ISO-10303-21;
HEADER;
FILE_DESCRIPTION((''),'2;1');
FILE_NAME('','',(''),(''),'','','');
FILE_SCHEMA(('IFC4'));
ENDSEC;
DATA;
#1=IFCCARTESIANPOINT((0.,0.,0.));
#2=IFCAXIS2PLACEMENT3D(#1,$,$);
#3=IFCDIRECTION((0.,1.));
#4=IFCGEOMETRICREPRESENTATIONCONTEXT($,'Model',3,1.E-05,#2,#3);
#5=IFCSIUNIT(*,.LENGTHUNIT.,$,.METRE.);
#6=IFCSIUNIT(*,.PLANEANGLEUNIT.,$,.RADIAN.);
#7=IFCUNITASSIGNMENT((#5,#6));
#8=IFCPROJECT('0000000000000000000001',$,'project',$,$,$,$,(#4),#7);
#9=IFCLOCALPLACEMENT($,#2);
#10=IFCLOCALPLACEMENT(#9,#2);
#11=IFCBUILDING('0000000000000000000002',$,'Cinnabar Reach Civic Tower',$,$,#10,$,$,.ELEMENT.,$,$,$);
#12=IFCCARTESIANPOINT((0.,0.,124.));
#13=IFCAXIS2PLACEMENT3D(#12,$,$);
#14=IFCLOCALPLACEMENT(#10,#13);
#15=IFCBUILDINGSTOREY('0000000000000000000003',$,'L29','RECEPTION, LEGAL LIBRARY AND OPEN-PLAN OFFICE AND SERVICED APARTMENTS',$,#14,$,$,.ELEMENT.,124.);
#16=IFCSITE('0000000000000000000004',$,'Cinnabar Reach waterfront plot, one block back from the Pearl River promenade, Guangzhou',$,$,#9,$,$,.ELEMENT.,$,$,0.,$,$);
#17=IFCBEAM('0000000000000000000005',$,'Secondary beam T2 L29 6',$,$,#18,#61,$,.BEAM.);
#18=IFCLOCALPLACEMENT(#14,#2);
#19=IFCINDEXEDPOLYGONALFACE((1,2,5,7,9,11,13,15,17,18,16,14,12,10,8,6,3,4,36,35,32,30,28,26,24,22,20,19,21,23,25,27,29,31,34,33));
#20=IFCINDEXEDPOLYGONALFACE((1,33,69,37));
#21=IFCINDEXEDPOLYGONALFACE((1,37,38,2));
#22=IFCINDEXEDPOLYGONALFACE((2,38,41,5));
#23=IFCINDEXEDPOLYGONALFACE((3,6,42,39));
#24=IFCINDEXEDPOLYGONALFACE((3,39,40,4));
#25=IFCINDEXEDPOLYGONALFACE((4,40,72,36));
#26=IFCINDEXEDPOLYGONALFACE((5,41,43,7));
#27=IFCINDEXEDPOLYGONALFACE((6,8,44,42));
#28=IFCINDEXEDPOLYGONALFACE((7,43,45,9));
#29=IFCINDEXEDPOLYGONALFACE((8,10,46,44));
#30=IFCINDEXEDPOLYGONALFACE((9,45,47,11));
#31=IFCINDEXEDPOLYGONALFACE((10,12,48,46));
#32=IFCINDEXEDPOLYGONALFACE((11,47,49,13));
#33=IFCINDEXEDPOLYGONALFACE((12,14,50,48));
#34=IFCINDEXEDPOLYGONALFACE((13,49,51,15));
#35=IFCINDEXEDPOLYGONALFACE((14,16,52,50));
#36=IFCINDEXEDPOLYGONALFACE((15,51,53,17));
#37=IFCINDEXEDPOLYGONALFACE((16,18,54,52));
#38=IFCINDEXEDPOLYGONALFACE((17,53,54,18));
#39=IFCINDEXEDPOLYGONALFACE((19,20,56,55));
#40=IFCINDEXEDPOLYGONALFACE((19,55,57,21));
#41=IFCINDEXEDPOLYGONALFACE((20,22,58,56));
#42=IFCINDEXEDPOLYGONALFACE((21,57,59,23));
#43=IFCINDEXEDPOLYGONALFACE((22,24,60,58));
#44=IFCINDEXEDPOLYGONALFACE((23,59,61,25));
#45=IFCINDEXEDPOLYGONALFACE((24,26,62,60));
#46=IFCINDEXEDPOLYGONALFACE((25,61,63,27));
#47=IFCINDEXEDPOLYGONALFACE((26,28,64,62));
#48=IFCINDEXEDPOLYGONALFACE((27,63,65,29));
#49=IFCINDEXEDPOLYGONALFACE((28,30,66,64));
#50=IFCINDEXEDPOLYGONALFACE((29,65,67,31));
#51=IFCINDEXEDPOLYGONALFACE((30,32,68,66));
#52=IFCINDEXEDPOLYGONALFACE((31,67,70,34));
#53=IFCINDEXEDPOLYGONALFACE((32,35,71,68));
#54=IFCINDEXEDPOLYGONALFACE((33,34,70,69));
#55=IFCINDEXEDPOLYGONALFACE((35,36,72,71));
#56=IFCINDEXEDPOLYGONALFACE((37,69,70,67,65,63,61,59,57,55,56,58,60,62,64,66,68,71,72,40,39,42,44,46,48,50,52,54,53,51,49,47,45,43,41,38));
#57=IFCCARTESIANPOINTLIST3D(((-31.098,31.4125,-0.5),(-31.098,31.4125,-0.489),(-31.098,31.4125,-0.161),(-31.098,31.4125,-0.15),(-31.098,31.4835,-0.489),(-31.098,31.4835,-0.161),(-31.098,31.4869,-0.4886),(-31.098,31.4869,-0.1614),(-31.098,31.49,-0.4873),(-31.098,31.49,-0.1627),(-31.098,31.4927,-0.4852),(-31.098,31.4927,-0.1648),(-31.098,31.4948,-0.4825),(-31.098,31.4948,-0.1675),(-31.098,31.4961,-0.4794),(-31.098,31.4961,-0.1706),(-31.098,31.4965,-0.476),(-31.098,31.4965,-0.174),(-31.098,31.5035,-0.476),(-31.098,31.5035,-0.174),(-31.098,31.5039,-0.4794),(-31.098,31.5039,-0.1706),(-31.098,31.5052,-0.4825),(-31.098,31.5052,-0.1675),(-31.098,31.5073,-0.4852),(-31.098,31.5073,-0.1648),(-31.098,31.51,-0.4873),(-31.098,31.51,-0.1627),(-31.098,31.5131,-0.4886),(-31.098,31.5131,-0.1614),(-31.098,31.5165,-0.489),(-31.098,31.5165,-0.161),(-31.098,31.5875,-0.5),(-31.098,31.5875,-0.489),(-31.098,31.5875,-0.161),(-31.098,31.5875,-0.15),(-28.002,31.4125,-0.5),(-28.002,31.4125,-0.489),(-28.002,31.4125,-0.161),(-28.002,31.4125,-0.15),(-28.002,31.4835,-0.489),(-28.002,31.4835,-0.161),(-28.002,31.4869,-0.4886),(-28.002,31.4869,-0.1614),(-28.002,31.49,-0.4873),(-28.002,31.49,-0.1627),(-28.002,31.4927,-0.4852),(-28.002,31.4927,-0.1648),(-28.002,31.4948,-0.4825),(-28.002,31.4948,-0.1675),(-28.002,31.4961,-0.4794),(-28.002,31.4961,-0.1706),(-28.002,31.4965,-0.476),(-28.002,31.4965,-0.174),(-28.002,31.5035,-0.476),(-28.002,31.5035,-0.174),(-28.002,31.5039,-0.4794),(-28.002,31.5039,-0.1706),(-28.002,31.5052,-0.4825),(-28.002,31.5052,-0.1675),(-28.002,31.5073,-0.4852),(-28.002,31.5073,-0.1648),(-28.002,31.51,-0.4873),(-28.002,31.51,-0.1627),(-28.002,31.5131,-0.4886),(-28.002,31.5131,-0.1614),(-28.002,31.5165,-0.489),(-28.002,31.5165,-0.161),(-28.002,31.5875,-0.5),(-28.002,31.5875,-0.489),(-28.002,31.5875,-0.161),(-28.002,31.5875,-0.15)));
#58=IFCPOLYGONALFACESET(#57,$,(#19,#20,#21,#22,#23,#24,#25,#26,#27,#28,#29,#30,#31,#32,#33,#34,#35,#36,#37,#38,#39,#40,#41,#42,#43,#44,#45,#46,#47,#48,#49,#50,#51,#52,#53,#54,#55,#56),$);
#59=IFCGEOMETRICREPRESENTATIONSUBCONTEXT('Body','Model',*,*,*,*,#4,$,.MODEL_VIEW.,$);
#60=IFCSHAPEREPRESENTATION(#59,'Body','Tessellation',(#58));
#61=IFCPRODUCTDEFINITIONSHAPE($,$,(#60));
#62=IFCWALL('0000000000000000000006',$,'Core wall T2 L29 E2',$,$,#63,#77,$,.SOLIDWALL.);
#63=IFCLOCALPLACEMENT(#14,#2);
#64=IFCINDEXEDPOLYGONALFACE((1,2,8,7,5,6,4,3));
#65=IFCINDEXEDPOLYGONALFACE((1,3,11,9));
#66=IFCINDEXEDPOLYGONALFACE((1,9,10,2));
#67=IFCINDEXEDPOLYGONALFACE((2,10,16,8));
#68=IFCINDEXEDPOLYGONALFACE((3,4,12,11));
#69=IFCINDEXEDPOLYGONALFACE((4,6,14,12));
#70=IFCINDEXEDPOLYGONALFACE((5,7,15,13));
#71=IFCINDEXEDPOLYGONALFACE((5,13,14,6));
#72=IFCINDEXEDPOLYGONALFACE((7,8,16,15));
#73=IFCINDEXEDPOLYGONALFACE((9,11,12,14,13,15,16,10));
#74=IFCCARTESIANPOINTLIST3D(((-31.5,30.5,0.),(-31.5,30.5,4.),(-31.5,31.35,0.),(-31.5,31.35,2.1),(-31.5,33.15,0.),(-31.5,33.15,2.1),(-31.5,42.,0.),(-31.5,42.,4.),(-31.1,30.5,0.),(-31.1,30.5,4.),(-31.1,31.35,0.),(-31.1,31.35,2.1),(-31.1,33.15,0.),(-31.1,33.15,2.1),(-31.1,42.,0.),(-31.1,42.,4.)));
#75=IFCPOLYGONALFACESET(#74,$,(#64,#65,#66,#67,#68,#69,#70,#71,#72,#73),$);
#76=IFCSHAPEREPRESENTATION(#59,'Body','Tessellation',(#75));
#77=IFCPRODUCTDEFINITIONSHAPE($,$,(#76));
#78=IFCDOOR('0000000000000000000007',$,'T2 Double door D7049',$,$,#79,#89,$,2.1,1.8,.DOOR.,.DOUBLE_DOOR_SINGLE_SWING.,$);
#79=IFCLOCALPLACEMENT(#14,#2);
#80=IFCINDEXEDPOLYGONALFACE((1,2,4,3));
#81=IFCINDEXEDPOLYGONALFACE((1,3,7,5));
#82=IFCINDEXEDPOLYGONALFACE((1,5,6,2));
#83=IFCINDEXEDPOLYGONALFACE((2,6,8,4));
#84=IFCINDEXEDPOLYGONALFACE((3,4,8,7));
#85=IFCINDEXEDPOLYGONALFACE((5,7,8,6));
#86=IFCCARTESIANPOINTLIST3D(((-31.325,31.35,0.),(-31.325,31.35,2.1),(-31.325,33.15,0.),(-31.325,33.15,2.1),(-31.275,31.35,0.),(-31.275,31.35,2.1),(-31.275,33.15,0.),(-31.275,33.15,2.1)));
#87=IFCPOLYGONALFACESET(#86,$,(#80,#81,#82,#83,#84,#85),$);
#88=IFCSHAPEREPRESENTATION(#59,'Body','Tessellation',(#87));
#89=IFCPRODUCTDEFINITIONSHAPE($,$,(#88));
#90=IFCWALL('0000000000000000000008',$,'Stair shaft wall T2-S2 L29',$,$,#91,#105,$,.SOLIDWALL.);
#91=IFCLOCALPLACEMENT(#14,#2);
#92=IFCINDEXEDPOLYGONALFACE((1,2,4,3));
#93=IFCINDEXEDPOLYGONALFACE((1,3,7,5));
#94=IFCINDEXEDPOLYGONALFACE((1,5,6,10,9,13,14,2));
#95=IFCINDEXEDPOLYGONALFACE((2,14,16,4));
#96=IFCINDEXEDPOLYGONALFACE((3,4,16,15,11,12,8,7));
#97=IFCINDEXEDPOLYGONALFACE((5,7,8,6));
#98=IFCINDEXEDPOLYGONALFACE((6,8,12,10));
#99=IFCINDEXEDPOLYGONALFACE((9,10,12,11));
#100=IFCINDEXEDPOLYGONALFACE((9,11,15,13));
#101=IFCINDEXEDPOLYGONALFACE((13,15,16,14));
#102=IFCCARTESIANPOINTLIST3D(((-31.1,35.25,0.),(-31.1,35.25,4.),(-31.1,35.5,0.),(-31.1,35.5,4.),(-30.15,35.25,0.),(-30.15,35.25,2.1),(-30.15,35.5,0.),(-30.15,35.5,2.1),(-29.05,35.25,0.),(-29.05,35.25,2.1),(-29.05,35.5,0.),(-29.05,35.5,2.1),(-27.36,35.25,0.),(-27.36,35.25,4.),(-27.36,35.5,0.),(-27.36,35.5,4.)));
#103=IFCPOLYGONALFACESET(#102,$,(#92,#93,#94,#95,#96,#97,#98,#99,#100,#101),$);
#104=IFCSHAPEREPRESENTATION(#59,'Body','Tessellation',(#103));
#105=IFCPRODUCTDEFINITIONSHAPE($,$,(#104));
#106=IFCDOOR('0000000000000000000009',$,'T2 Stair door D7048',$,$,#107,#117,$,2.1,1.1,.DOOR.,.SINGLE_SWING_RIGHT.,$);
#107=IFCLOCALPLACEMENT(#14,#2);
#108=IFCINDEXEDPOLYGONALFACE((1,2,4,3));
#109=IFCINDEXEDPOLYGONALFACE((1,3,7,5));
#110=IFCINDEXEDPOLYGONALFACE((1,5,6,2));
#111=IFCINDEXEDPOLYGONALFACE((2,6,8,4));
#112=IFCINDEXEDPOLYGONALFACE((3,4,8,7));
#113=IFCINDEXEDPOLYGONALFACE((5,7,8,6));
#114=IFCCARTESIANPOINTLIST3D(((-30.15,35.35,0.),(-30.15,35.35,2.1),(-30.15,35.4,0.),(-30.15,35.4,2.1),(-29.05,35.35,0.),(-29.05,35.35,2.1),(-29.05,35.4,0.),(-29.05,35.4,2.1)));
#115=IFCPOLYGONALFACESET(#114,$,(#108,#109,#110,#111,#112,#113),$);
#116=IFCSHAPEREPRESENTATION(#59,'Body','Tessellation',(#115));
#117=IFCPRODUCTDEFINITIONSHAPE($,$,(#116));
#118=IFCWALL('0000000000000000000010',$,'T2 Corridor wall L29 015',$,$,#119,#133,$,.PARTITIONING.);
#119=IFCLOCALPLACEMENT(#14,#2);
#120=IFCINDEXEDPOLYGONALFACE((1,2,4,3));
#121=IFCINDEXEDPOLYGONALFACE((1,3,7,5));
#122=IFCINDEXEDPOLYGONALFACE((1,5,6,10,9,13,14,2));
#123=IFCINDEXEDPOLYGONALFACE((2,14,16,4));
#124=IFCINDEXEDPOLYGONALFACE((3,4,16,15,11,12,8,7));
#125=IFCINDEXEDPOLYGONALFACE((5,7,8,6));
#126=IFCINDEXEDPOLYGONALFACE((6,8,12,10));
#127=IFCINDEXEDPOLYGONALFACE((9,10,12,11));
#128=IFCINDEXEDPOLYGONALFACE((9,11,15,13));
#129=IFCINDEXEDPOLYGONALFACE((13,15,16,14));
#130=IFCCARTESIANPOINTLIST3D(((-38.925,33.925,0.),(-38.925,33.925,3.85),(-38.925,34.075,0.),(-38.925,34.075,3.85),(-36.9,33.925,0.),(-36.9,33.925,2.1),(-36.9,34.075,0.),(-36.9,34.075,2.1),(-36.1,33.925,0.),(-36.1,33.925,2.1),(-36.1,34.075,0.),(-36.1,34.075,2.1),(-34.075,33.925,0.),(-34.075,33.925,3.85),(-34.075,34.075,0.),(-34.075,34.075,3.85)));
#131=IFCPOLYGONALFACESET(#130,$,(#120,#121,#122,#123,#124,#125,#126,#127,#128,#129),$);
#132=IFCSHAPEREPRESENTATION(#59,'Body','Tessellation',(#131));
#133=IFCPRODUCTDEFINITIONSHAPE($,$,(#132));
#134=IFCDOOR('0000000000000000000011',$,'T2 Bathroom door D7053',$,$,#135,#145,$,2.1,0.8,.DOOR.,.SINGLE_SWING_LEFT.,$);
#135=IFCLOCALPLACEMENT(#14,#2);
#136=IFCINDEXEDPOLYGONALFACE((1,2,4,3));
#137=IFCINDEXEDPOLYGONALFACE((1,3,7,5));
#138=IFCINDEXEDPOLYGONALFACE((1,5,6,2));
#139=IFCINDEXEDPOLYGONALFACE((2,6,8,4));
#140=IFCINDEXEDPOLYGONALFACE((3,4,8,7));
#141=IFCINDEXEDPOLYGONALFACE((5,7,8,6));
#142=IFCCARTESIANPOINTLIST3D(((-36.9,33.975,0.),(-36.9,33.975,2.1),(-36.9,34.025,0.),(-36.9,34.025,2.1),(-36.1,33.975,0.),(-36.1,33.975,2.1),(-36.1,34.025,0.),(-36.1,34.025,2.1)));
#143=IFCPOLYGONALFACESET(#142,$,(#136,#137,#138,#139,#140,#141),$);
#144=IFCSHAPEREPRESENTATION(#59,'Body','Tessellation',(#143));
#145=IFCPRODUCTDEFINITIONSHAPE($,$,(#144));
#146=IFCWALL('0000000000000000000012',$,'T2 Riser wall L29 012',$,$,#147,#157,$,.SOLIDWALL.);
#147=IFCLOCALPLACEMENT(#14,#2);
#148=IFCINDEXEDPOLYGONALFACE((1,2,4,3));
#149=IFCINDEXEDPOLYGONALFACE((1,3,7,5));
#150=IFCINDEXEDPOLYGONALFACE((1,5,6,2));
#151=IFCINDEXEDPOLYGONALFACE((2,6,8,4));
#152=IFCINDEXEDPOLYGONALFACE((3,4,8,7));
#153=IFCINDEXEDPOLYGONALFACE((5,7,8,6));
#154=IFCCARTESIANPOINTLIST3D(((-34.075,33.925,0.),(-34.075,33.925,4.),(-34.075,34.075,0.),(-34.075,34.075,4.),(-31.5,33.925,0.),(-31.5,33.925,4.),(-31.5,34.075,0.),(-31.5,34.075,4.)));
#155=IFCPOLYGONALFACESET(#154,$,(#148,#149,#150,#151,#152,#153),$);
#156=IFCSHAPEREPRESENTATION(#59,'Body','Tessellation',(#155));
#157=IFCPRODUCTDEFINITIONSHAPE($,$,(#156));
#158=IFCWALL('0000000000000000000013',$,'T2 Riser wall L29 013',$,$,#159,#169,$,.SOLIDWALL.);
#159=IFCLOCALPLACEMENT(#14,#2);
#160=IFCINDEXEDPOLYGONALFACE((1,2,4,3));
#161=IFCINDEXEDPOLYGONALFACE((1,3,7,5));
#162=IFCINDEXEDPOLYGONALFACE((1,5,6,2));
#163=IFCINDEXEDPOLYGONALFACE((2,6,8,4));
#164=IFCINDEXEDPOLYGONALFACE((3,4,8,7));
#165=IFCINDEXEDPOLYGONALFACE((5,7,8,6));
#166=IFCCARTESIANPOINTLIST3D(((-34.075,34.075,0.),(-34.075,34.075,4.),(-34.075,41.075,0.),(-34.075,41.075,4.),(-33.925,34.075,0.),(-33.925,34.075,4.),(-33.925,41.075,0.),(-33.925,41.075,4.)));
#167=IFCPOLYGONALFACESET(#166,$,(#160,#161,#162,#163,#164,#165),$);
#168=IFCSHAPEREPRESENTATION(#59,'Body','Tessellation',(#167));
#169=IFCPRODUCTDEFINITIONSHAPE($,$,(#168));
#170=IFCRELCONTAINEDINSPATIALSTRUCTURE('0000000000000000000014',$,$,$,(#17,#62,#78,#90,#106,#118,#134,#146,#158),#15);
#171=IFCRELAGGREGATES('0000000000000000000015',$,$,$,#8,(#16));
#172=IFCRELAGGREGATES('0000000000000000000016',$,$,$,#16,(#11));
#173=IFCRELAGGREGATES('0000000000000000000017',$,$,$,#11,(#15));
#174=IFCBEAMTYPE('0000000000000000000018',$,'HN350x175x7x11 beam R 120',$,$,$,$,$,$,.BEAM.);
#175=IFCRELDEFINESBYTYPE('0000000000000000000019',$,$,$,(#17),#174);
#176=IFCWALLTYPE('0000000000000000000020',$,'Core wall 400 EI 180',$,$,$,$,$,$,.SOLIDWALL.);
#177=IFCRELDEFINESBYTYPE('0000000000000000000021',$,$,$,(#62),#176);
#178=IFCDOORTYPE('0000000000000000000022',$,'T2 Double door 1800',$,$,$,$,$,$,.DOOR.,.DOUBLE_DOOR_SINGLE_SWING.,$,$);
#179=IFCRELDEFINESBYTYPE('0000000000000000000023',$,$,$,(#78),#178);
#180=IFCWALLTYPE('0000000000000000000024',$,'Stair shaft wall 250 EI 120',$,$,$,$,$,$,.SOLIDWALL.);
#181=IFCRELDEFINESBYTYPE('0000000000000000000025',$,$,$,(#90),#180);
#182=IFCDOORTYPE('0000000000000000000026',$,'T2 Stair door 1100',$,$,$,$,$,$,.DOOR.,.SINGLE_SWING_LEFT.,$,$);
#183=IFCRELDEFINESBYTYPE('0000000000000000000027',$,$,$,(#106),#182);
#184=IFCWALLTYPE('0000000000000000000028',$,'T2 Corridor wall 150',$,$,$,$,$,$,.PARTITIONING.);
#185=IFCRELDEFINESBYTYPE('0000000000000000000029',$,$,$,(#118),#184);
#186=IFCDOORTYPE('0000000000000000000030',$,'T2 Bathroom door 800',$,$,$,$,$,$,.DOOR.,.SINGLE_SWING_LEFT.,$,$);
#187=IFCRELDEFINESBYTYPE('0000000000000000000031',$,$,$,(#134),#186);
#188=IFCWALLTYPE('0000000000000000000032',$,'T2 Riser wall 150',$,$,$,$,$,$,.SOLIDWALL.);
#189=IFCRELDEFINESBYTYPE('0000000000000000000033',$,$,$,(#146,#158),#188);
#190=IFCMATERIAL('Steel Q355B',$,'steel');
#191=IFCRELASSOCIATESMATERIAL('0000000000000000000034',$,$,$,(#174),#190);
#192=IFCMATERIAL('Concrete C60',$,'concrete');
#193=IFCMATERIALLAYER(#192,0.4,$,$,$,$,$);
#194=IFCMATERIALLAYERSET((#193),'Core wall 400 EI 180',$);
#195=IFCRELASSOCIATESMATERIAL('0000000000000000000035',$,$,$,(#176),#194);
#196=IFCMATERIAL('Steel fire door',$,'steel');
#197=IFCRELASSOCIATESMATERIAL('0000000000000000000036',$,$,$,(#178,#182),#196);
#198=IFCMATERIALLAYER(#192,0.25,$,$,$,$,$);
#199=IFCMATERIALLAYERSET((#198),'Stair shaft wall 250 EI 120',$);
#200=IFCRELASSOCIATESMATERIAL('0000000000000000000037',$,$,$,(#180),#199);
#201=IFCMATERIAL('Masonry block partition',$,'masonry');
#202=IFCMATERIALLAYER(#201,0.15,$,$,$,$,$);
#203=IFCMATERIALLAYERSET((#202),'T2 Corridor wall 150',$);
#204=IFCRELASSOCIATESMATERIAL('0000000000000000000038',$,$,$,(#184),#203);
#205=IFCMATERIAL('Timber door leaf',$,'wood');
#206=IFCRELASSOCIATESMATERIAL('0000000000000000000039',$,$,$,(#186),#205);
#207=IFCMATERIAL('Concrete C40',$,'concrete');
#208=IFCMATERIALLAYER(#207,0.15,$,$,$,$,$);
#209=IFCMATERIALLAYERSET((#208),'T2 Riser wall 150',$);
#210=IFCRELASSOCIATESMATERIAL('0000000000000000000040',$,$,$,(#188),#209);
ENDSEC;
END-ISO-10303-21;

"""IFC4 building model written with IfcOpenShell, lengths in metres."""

from ifc_helpers import new_model, si_unit, direction, frame, frame_2d, origin, origin_2d, place, context, subcontext, project, spatial, rectangle, i_section, extrude, material, layer, layer_set, material_profile, profile_set, type_object, element, fill, save


model = new_model("IFC4")

# Units and contexts
model_context = context("Model", 3, precision=1e-05, world=origin(), true_north=direction((0.0, 1.0)))
body_context = subcontext(model_context, "Body", "Model", "MODEL_VIEW")
ifc_project = project(units=[si_unit("LENGTHUNIT", "METRE"), si_unit("PLANEANGLEUNIT", "RADIAN")], contexts=[model_context])

# Site, building, storey
site_placement = place(None, origin())
site = spatial("IfcSite", under=ifc_project, at=site_placement, Name="Cinnabar Reach waterfront plot, one block back from the Pearl River promenade, Guangzhou", CompositionType="ELEMENT", RefElevation=0.0)
building_placement = place(site_placement, origin())
building = spatial("IfcBuilding", under=site, at=building_placement, Name="Cinnabar Reach Civic Tower", CompositionType="ELEMENT")
storey_placement = place(building_placement, frame((0.0, 0.0, 124.0)))
storey = spatial("IfcBuildingStorey", under=building, at=storey_placement, Name="L29", Description="RECEPTION, LEGAL LIBRARY AND OPEN-PLAN OFFICE AND SERVICED APARTMENTS", CompositionType="ELEMENT", Elevation=124.0)

# Beam
ifc_material_1 = material(Name="Steel Q355B", Category="steel")
ifc_material_profile = material_profile(ifc_material_1, i_section(OverallWidth=0.175, OverallDepth=0.35, WebThickness=0.007, FlangeThickness=0.011, FilletRadius=0.013, at=origin_2d()), Name="HN350x175x7x11")
ifc_profile_set = profile_set([ifc_material_profile], Name="Steel Q355B")
beam_type = type_object("IfcBeamType", Name="HN350x175x7x11 beam R 120", PredefinedType="BEAM", material=ifc_profile_set)
beam_placement = place(storey_placement, frame((-31.098, 31.5, -0.325), z_axis=(1.0, 0.0, 0.0), x_axis=(0.0, 1.0, 0.0)))
element("IfcBeam", 1, at=beam_placement, inside=storey, type_object=beam_type, Name="Secondary beam T2 L29 6", PredefinedType="BEAM", context=body_context, shape_type="SweptSolid", body=[
    extrude(i_section(OverallWidth=0.175, OverallDepth=0.35, WebThickness=0.007, FlangeThickness=0.011, FilletRadius=0.013, at=origin_2d()), origin(), (0.0, 0.0, 1.0), 3.096),
])

# Walls, openings, doors
ifc_material_2 = material(Name="Concrete C60", Category="concrete")
ifc_layer_1 = layer(ifc_material_2, 0.4)
ifc_layer_set_1 = layer_set([ifc_layer_1], Name="Core wall 400 EI 180")
wall_type_1 = type_object("IfcWallType", Name="Core wall 400 EI 180", PredefinedType="SOLIDWALL", material=ifc_layer_set_1)
wall_1_placement = place(storey_placement, frame((-31.3, 30.5, 0.0), z_axis=(0.0, 0.0, 1.0), x_axis=(0.0, 1.0, 0.0)))
wall_1 = element("IfcWall", 2, at=wall_1_placement, inside=storey, type_object=wall_type_1, Name="Core wall T2 L29 E2", PredefinedType="SOLIDWALL", context=body_context, shape_type="SweptSolid", body=[
    extrude(rectangle(XDim=11.5, YDim=0.4, at=frame_2d((5.75, 0.0))), origin(), (0.0, 0.0, 1.0), 4.0),
])
opening_1_placement = place(wall_1_placement, frame((0.85, 0.0, 0.0)))
opening_1 = element("IfcOpeningElement", 3, at=opening_1_placement, cuts=wall_1, PredefinedType="OPENING", context=body_context, shape_type="SweptSolid", body=[
    extrude(rectangle(XDim=1.8, YDim=2.1, at=frame_2d((0.9, 1.05))), frame((0.0, 0.21, 0.0), z_axis=(0.0, -1.0, 0.0), x_axis=(1.0, 0.0, 0.0)), (0.0, 0.0, 1.0), 0.42),
])
ifc_material_3 = material(Name="Steel fire door", Category="steel")
door_type_1 = type_object("IfcDoorType", Name="T2 Double door 1800", OperationType="DOUBLE_DOOR_SINGLE_SWING", PredefinedType="DOOR", material=ifc_material_3)
door_1_placement = place(opening_1_placement, origin())
door_1 = element("IfcDoor", 4, at=door_1_placement, inside=storey, type_object=door_type_1, Name="T2 Double door D7049", OperationType="DOUBLE_DOOR_SINGLE_SWING", OverallHeight=2.1, OverallWidth=1.8, PredefinedType="DOOR", context=body_context, shape_type="SweptSolid", body=[
    extrude(rectangle(XDim=1.8, YDim=2.1, at=frame_2d((0.9, 1.05))), frame((0.0, 0.025, 0.0), z_axis=(0.0, -1.0, 0.0), x_axis=(1.0, 0.0, 0.0)), (0.0, 0.0, 1.0), 0.05),
])
fill(opening_1, door_1)
ifc_layer_2 = layer(ifc_material_2, 0.25)
ifc_layer_set_2 = layer_set([ifc_layer_2], Name="Stair shaft wall 250 EI 120")
wall_type_2 = type_object("IfcWallType", Name="Stair shaft wall 250 EI 120", PredefinedType="SOLIDWALL", material=ifc_layer_set_2)
wall_2_placement = place(storey_placement, frame((-31.1, 35.375, 0.0), z_axis=(0.0, 0.0, 1.0), x_axis=(1.0, 0.0, 0.0)))
wall_2 = element("IfcWall", 5, at=wall_2_placement, inside=storey, type_object=wall_type_2, Name="Stair shaft wall T2-S2 L29", PredefinedType="SOLIDWALL", context=body_context, shape_type="SweptSolid", body=[
    extrude(rectangle(XDim=3.74, YDim=0.25, at=frame_2d((1.87, 0.0))), origin(), (0.0, 0.0, 1.0), 4.0),
])
opening_2_placement = place(wall_2_placement, frame((0.95, 0.0, 0.0)))
opening_2 = element("IfcOpeningElement", 6, at=opening_2_placement, cuts=wall_2, PredefinedType="OPENING", context=body_context, shape_type="SweptSolid", body=[
    extrude(rectangle(XDim=1.1, YDim=2.1, at=frame_2d((0.55, 1.05))), frame((0.0, 0.135, 0.0), z_axis=(0.0, -1.0, 0.0), x_axis=(1.0, 0.0, 0.0)), (0.0, 0.0, 1.0), 0.27),
])
door_type_2 = type_object("IfcDoorType", Name="T2 Stair door 1100", OperationType="SINGLE_SWING_LEFT", PredefinedType="DOOR", material=ifc_material_3)
door_2_placement = place(opening_2_placement, origin())
door_2 = element("IfcDoor", 7, at=door_2_placement, inside=storey, type_object=door_type_2, Name="T2 Stair door D7048", OperationType="SINGLE_SWING_RIGHT", OverallHeight=2.1, OverallWidth=1.1, PredefinedType="DOOR", context=body_context, shape_type="SweptSolid", body=[
    extrude(rectangle(XDim=1.1, YDim=2.1, at=frame_2d((0.55, 1.05))), frame((0.0, 0.025, 0.0), z_axis=(0.0, -1.0, 0.0), x_axis=(1.0, 0.0, 0.0)), (0.0, 0.0, 1.0), 0.05),
])
fill(opening_2, door_2)
ifc_material_4 = material(Name="Masonry block partition", Category="masonry")
ifc_layer_3 = layer(ifc_material_4, 0.15)
ifc_layer_set_3 = layer_set([ifc_layer_3], Name="T2 Corridor wall 150")
wall_type_3 = type_object("IfcWallType", Name="T2 Corridor wall 150", PredefinedType="PARTITIONING", material=ifc_layer_set_3)
wall_3_placement = place(storey_placement, frame((-34.075, 34.0, 0.0), z_axis=(0.0, 0.0, 1.0), x_axis=(-1.0, 0.0, 0.0)))
wall_3 = element("IfcWall", 8, at=wall_3_placement, inside=storey, type_object=wall_type_3, Name="T2 Corridor wall L29 015", PredefinedType="PARTITIONING", context=body_context, shape_type="SweptSolid", body=[
    extrude(rectangle(XDim=4.85, YDim=0.15, at=frame_2d((2.425, 0.0))), origin(), (0.0, 0.0, 1.0), 3.85),
])
opening_3_placement = place(wall_3_placement, frame((2.025, 0.0, 0.0)))
opening_3 = element("IfcOpeningElement", 9, at=opening_3_placement, cuts=wall_3, PredefinedType="OPENING", context=body_context, shape_type="SweptSolid", body=[
    extrude(rectangle(XDim=0.8, YDim=2.1, at=frame_2d((0.4, 1.05))), frame((0.0, 0.085, 0.0), z_axis=(0.0, -1.0, 0.0), x_axis=(1.0, 0.0, 0.0)), (0.0, 0.0, 1.0), 0.17),
])
ifc_material_5 = material(Name="Timber door leaf", Category="wood")
door_type_3 = type_object("IfcDoorType", Name="T2 Bathroom door 800", OperationType="SINGLE_SWING_LEFT", PredefinedType="DOOR", material=ifc_material_5)
door_3_placement = place(opening_3_placement, frame((0.8, 0.0, 0.0), z_axis=(0.0, 0.0, 1.0), x_axis=(-1.0, 0.0, 0.0)))
door_3 = element("IfcDoor", 10, at=door_3_placement, inside=storey, type_object=door_type_3, Name="T2 Bathroom door D7053", OperationType="SINGLE_SWING_LEFT", OverallHeight=2.1, OverallWidth=0.8, PredefinedType="DOOR", context=body_context, shape_type="SweptSolid", body=[
    extrude(rectangle(XDim=0.8, YDim=2.1, at=frame_2d((0.4, 1.05))), frame((0.0, 0.025, 0.0), z_axis=(0.0, -1.0, 0.0), x_axis=(1.0, 0.0, 0.0)), (0.0, 0.0, 1.0), 0.05),
])
fill(opening_3, door_3)

# Walls
ifc_material_6 = material(Name="Concrete C40", Category="concrete")
ifc_layer_4 = layer(ifc_material_6, 0.15)
ifc_layer_set_4 = layer_set([ifc_layer_4], Name="T2 Riser wall 150")
wall_type_4 = type_object("IfcWallType", Name="T2 Riser wall 150", PredefinedType="SOLIDWALL", material=ifc_layer_set_4)
wall_4_placement = place(storey_placement, frame((-34.075, 34.0, 0.0), z_axis=(0.0, 0.0, 1.0), x_axis=(1.0, 0.0, 0.0)))
element("IfcWall", 11, at=wall_4_placement, inside=storey, type_object=wall_type_4, Name="T2 Riser wall L29 012", PredefinedType="SOLIDWALL", context=body_context, shape_type="SweptSolid", body=[
    extrude(rectangle(XDim=2.575, YDim=0.15, at=frame_2d((1.2875, 0.0))), origin(), (0.0, 0.0, 1.0), 4.0),
])
wall_5_placement = place(storey_placement, frame((-34.0, 41.075, 0.0), z_axis=(0.0, 0.0, 1.0), x_axis=(0.0, -1.0, 0.0)))
element("IfcWall", 12, at=wall_5_placement, inside=storey, type_object=wall_type_4, Name="T2 Riser wall L29 013", PredefinedType="SOLIDWALL", context=body_context, shape_type="SweptSolid", body=[
    extrude(rectangle(XDim=7.0, YDim=0.15, at=frame_2d((3.5, 0.0))), origin(), (0.0, 0.0, 1.0), 4.0),
])

save(model, "model.ifc")
